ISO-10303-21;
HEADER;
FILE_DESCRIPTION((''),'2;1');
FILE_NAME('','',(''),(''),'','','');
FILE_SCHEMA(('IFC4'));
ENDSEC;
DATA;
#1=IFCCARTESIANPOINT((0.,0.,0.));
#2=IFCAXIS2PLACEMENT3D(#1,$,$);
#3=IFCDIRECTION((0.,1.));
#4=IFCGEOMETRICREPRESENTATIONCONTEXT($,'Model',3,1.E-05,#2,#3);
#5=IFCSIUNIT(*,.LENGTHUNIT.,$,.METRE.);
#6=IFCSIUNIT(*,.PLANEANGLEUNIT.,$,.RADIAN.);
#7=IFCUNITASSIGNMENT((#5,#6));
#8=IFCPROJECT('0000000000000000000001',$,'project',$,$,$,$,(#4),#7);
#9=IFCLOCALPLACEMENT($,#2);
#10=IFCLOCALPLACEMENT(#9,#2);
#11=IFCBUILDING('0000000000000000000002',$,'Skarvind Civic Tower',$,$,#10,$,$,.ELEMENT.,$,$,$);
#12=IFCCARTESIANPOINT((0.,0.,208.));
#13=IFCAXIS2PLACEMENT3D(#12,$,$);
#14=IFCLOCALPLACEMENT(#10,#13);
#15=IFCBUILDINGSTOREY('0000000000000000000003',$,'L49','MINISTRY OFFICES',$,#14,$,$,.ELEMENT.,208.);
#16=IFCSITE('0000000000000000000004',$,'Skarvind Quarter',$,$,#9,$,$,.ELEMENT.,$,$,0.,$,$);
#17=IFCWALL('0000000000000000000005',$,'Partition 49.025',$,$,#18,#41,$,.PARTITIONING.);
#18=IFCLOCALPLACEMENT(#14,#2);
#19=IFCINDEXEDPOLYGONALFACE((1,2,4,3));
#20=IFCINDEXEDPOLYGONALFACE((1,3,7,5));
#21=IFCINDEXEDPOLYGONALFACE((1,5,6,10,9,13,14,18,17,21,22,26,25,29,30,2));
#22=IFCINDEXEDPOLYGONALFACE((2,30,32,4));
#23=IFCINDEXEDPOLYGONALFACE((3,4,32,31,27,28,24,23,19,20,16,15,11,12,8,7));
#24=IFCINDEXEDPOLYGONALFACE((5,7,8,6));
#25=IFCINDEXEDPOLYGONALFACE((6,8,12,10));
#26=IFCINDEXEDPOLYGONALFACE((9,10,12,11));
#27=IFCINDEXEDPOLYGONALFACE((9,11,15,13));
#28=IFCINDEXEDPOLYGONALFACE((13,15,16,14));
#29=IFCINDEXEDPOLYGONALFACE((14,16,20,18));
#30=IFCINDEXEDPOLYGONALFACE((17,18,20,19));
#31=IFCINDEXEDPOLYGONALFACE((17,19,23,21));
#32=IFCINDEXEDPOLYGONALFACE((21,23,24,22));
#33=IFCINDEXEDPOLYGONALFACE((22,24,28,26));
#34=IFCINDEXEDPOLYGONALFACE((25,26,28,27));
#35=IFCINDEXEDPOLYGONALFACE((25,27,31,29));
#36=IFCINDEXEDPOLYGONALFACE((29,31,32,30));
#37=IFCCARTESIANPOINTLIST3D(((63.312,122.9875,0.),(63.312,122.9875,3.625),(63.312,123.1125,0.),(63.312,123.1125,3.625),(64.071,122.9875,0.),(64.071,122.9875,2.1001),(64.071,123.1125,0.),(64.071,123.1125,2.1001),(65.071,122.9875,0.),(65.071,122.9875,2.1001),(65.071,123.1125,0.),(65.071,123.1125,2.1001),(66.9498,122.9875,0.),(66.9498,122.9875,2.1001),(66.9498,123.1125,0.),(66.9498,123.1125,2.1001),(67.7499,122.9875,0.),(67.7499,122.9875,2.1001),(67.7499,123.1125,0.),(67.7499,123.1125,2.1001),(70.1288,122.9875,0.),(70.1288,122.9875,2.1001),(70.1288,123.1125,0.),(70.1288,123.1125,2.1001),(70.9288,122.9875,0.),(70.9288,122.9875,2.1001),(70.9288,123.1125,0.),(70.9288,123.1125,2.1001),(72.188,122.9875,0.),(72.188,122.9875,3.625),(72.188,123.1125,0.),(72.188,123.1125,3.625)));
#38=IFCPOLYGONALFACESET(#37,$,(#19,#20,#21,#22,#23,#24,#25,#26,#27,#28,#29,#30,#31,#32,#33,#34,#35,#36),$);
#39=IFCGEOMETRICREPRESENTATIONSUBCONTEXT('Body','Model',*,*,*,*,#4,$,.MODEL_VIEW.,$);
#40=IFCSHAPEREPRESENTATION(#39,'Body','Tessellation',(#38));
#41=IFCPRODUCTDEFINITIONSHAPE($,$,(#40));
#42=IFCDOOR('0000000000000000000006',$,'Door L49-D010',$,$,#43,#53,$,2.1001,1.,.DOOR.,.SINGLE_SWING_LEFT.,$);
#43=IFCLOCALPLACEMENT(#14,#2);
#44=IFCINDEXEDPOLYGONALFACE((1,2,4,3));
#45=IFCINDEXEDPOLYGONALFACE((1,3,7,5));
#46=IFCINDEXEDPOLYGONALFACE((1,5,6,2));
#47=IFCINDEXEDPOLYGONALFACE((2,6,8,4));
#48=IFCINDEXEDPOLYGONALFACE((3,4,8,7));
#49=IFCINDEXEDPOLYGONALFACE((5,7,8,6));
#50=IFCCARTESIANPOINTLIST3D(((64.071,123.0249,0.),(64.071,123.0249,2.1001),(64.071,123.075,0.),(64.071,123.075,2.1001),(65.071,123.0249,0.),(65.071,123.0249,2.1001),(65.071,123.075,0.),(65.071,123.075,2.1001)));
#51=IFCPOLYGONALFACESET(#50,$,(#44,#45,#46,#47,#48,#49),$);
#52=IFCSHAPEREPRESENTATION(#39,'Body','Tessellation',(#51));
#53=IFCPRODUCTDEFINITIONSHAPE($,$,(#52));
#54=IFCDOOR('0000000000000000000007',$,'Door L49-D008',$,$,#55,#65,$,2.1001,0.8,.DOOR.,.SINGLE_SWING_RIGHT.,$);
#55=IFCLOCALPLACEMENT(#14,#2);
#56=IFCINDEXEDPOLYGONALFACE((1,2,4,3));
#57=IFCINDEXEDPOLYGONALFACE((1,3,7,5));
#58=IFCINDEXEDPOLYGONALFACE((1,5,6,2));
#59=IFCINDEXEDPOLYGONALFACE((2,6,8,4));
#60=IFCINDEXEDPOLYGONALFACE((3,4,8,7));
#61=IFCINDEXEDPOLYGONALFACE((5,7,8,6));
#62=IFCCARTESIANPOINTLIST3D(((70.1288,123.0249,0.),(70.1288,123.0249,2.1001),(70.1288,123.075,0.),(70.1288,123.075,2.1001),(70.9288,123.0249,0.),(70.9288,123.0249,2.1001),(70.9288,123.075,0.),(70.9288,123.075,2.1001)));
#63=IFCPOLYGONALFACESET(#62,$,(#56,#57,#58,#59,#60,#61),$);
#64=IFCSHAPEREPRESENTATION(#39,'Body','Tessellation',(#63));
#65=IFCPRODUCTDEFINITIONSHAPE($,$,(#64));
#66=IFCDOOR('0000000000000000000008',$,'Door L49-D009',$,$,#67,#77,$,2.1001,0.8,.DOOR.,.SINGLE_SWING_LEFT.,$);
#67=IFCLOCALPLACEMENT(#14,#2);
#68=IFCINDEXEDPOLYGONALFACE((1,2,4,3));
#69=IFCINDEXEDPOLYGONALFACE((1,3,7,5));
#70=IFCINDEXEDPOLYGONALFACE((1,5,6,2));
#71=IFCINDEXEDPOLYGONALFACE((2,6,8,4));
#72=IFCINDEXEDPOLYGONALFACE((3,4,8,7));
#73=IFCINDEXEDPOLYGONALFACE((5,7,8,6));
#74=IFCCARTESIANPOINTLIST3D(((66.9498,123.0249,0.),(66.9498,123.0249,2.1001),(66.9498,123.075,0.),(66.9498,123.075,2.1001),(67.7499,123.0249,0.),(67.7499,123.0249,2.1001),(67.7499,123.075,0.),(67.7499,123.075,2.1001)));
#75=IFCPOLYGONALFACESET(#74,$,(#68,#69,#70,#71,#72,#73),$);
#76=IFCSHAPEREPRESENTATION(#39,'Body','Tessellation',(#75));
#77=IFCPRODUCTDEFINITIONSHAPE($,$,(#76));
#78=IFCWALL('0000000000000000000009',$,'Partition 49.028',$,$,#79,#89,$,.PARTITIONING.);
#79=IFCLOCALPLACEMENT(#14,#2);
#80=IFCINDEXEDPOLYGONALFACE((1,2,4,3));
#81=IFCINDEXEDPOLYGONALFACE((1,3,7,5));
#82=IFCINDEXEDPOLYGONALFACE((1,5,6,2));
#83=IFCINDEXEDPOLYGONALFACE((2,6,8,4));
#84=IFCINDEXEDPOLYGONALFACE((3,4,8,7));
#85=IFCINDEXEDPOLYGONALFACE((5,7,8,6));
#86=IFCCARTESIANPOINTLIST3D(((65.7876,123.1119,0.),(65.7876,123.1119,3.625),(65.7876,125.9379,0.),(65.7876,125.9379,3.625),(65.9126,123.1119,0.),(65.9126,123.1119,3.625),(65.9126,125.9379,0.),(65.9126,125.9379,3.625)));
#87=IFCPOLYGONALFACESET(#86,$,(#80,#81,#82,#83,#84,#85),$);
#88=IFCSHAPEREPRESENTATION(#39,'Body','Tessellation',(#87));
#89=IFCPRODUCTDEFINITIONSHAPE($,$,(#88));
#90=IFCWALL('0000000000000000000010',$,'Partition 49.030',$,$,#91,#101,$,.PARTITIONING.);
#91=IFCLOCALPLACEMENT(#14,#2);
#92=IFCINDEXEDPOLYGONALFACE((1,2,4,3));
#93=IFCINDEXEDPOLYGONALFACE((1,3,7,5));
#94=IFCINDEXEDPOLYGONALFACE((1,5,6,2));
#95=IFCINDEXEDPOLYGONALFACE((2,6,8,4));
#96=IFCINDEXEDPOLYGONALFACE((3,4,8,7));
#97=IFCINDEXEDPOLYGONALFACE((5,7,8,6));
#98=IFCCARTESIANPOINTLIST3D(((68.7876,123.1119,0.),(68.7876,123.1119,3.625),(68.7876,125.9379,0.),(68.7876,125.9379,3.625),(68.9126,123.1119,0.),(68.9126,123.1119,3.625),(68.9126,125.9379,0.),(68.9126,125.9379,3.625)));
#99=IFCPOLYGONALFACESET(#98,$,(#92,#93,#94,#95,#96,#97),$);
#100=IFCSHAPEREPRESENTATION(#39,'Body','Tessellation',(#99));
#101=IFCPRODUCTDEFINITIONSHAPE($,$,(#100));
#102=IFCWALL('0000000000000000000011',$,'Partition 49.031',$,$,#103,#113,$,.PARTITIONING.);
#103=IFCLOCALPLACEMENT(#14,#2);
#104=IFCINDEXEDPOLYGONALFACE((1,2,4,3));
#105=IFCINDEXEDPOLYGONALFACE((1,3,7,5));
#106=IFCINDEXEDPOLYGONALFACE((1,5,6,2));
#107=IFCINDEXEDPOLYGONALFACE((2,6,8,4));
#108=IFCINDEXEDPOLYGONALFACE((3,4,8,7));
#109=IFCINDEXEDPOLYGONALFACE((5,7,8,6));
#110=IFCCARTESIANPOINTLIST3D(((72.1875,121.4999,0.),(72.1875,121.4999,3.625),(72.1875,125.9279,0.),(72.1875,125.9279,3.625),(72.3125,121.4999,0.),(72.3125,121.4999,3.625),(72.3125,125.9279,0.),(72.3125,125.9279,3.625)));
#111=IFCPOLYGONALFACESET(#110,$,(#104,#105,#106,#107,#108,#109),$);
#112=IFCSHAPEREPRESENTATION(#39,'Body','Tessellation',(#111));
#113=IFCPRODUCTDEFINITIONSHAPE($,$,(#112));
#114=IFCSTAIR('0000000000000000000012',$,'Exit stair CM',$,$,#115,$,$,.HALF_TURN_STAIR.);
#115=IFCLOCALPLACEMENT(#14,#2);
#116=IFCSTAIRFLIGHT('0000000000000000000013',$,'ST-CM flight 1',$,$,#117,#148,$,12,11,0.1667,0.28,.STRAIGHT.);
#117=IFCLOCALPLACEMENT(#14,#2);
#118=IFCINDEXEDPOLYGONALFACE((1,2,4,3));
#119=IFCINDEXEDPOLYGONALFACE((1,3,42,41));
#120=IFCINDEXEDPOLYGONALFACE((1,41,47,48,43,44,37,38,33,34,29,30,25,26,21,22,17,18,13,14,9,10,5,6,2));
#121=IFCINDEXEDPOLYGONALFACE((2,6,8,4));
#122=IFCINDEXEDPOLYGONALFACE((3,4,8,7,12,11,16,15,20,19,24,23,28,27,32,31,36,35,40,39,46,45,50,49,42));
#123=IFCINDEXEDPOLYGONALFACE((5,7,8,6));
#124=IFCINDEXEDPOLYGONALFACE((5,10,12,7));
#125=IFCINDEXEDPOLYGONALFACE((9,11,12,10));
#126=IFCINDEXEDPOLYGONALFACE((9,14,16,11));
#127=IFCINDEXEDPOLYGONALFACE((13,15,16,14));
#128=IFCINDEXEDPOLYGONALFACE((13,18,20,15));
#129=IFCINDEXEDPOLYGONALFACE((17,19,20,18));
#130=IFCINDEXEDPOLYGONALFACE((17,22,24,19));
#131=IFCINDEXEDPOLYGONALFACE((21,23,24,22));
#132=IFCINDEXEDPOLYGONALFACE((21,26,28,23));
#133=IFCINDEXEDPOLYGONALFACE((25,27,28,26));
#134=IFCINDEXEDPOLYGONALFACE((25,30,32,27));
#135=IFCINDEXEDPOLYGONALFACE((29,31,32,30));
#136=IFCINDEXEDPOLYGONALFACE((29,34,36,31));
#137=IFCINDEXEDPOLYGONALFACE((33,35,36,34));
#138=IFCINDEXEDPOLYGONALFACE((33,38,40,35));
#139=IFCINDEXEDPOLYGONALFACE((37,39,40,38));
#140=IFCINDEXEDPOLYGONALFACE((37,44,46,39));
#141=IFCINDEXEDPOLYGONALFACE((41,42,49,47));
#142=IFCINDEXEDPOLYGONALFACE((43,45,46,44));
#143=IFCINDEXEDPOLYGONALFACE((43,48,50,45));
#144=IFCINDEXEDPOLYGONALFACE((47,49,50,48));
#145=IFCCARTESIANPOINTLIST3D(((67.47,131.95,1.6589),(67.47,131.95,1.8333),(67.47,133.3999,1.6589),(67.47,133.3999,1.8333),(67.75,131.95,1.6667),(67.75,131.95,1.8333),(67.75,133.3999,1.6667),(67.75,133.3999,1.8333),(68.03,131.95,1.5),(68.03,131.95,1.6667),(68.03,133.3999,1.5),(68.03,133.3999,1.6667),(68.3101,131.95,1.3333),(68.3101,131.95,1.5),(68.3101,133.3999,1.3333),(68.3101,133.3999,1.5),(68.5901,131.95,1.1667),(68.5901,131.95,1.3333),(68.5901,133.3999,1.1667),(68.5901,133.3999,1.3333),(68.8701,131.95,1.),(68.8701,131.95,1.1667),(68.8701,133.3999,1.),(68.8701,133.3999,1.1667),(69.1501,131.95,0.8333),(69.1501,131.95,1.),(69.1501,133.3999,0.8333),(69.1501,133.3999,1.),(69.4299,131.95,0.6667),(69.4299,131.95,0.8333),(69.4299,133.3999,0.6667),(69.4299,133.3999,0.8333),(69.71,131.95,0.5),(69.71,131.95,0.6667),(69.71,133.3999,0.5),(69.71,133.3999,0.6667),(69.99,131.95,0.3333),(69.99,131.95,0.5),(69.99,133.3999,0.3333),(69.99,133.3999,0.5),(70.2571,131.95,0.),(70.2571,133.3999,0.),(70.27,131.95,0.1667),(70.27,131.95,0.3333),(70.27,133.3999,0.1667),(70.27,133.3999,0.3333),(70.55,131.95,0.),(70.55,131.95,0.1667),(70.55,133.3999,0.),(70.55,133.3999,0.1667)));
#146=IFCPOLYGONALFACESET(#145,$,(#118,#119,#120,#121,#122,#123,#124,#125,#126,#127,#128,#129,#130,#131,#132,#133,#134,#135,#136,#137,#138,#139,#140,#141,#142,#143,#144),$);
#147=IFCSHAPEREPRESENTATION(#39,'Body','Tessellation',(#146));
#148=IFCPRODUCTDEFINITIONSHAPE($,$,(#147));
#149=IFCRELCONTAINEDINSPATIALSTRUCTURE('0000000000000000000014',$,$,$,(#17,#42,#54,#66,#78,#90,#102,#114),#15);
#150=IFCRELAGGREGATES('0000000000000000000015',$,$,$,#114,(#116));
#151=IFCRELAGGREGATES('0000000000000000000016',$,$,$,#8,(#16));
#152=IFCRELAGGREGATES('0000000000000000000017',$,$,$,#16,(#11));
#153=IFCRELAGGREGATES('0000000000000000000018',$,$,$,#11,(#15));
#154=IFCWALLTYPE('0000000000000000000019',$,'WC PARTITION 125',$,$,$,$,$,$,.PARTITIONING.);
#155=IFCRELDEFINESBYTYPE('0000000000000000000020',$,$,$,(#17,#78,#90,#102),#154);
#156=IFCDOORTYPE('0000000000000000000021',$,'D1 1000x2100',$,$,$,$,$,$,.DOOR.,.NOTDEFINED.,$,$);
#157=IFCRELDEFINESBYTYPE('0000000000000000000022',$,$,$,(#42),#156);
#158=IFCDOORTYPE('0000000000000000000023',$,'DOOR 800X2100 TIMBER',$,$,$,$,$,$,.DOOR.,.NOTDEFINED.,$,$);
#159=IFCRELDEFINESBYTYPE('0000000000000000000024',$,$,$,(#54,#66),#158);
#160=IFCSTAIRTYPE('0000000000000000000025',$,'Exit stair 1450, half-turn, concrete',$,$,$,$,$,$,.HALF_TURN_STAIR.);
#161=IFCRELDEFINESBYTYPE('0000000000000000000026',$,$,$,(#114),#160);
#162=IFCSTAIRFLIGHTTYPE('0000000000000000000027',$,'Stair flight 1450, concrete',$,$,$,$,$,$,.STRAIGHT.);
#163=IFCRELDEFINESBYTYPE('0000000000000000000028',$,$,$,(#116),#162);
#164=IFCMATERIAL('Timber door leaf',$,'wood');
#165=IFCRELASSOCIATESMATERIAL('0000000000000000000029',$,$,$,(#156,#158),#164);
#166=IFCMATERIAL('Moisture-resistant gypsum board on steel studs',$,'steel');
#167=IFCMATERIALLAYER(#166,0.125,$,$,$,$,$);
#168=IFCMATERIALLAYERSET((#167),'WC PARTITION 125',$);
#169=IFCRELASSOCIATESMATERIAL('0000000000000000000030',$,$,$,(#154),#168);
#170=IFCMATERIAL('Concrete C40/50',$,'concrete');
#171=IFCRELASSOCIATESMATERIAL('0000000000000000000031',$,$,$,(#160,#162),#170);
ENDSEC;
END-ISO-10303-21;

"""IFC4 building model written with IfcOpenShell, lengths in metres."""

from ifc_helpers import new_model, si_unit, direction, frame, frame_2d, origin, place, context, subcontext, project, spatial, polyline, rectangle, outline, extrude, material, layer, layer_set, type_object, element, fill, aggregate, save


model = new_model("IFC4")

# Units and contexts
model_context = context("Model", 3, precision=1e-05, world=origin(), true_north=direction((0.0, 1.0)))
body_context = subcontext(model_context, "Body", "Model", "MODEL_VIEW")
ifc_project = project(units=[si_unit("LENGTHUNIT", "METRE"), si_unit("PLANEANGLEUNIT", "RADIAN")], contexts=[model_context])

# Site, building, storey
site_placement = place(None, origin())
site = spatial("IfcSite", under=ifc_project, at=site_placement, Name="Skarvind Quarter", CompositionType="ELEMENT", RefElevation=0.0)
building_placement = place(site_placement, origin())
building = spatial("IfcBuilding", under=site, at=building_placement, Name="Skarvind Civic Tower", CompositionType="ELEMENT")
storey_placement = place(building_placement, frame((0.0, 0.0, 208.0)))
storey = spatial("IfcBuildingStorey", under=building, at=storey_placement, Name="L49", Description="MINISTRY OFFICES", CompositionType="ELEMENT", Elevation=208.0)

# Shared definitions
ifc_material_1 = material(Name="Timber door leaf", Category="wood")
door_type_1 = type_object("IfcDoorType", Name="D1 1000x2100", OperationType="NOTDEFINED", PredefinedType="DOOR", material=ifc_material_1)

# Wall, openings, doors
ifc_material_2 = material(Name="Moisture-resistant gypsum board on steel studs", Category="steel")
ifc_layer_1 = layer(ifc_material_2, 0.125)
ifc_layer_set_1 = layer_set([ifc_layer_1], Name="WC PARTITION 125")
wall_type_1 = type_object("IfcWallType", Name="WC PARTITION 125", PredefinedType="PARTITIONING", material=ifc_layer_set_1)
wall_1_placement = place(storey_placement, frame((63.312, 123.05, 0.0), z_axis=(0.0, 0.0, 1.0), x_axis=(1.0, 0.0, 0.0)))
wall_1 = element("IfcWall", 1, at=wall_1_placement, inside=storey, type_object=wall_type_1, Name="Partition 49.025", PredefinedType="PARTITIONING", context=body_context, shape_type="SweptSolid", body=[
    extrude(rectangle(XDim=8.876, YDim=0.125, at=frame_2d((4.438, 0.0))), origin(), (0.0, 0.0, 1.0), 3.625),
])
opening_1_placement = place(wall_1_placement, frame((6.8169, 0.0, 0.0)))
opening_1 = element("IfcOpeningElement", 2, at=opening_1_placement, cuts=wall_1, PredefinedType="OPENING", context=body_context, shape_type="SweptSolid", body=[
    extrude(rectangle(XDim=0.8, YDim=2.1001, at=frame_2d((0.3999, 1.05))), frame((0.0, 0.0725, 0.0), z_axis=(0.0, -1.0, 0.0), x_axis=(1.0, 0.0, 0.0)), (0.0, 0.0, 1.0), 0.145),
])
opening_2_placement = place(wall_1_placement, frame((3.6379, 0.0, 0.0)))
opening_2 = element("IfcOpeningElement", 3, at=opening_2_placement, cuts=wall_1, PredefinedType="OPENING", context=body_context, shape_type="SweptSolid", body=[
    extrude(rectangle(XDim=0.8, YDim=2.1001, at=frame_2d((0.3999, 1.05))), frame((0.0, 0.0725, 0.0), z_axis=(0.0, -1.0, 0.0), x_axis=(1.0, 0.0, 0.0)), (0.0, 0.0, 1.0), 0.145),
])
opening_3_placement = place(wall_1_placement, frame((0.759, 0.0, 0.0)))
opening_3 = element("IfcOpeningElement", 4, at=opening_3_placement, cuts=wall_1, PredefinedType="OPENING", context=body_context, shape_type="SweptSolid", body=[
    extrude(rectangle(XDim=1.0, YDim=2.1001, at=frame_2d((0.5, 1.05))), frame((0.0, 0.0725, 0.0), z_axis=(0.0, -1.0, 0.0), x_axis=(1.0, 0.0, 0.0)), (0.0, 0.0, 1.0), 0.145),
])
door_1_placement = place(opening_3_placement, origin())
door_1 = element("IfcDoor", 5, at=door_1_placement, inside=storey, type_object=door_type_1, Name="Door L49-D010", OperationType="SINGLE_SWING_LEFT", OverallHeight=2.1001, OverallWidth=1.0, PredefinedType="DOOR", context=body_context, shape_type="SweptSolid", body=[
    extrude(rectangle(XDim=1.0, YDim=2.1001, at=frame_2d((0.5, 1.05))), frame((0.0, 0.0249, 0.0), z_axis=(0.0, -1.0, 0.0), x_axis=(1.0, 0.0, 0.0)), (0.0, 0.0, 1.0), 0.05),
])
fill(opening_3, door_1)
door_type_2 = type_object("IfcDoorType", Name="DOOR 800X2100 TIMBER", OperationType="NOTDEFINED", PredefinedType="DOOR", material=ifc_material_1)
door_2_placement = place(opening_1_placement, origin())
door_2 = element("IfcDoor", 6, at=door_2_placement, inside=storey, type_object=door_type_2, Name="Door L49-D008", OperationType="SINGLE_SWING_RIGHT", OverallHeight=2.1001, OverallWidth=0.8, PredefinedType="DOOR", context=body_context, shape_type="SweptSolid", body=[
    extrude(rectangle(XDim=0.8, YDim=2.1001, at=frame_2d((0.3999, 1.05))), frame((0.0, 0.0249, 0.0), z_axis=(0.0, -1.0, 0.0), x_axis=(1.0, 0.0, 0.0)), (0.0, 0.0, 1.0), 0.05),
])
fill(opening_1, door_2)
door_3_placement = place(opening_2_placement, origin())
door_3 = element("IfcDoor", 7, at=door_3_placement, inside=storey, type_object=door_type_2, Name="Door L49-D009", OperationType="SINGLE_SWING_LEFT", OverallHeight=2.1001, OverallWidth=0.8, PredefinedType="DOOR", context=body_context, shape_type="SweptSolid", body=[
    extrude(rectangle(XDim=0.8, YDim=2.1001, at=frame_2d((0.3999, 1.05))), frame((0.0, 0.0249, 0.0), z_axis=(0.0, -1.0, 0.0), x_axis=(1.0, 0.0, 0.0)), (0.0, 0.0, 1.0), 0.05),
])
fill(opening_2, door_3)

# Walls
for number, where, z_axis, x_axis, name in (
    (8, (65.8501, 125.938, 0.0), (0.0, 0.0, 1.0), (0.0, -1.0, 0.0), "Partition 49.028"),
    (9, (68.8501, 125.938, 0.0), (0.0, 0.0, 1.0), (0.0, -1.0, 0.0), "Partition 49.030"),
):
    element("IfcWall", number, at=place(storey_placement, frame(where, z_axis=z_axis, x_axis=x_axis)), inside=storey, type_object=wall_type_1, Name=name, PredefinedType="PARTITIONING", context=body_context, shape_type="SweptSolid", body=[
        extrude(rectangle(XDim=2.8259, YDim=0.125, at=frame_2d((1.4131, 0.0))), origin(), (0.0, 0.0, 1.0), 3.625),
    ])
wall_2_placement = place(storey_placement, frame((72.25, 121.5, 0.0), z_axis=(0.0, 0.0, 1.0), x_axis=(0.0, 1.0, 0.0)))
element("IfcWall", 10, at=wall_2_placement, inside=storey, type_object=wall_type_1, Name="Partition 49.031", PredefinedType="PARTITIONING", context=body_context, shape_type="SweptSolid", body=[
    extrude(rectangle(XDim=4.428, YDim=0.125, at=frame_2d((2.2139, 0.0))), origin(), (0.0, 0.0, 1.0), 3.625),
])

# Stair, stair flight
ifc_material_3 = material(Name="Concrete C40/50", Category="concrete")
stair_type = type_object("IfcStairType", Name="Exit stair 1450, half-turn, concrete", PredefinedType="HALF_TURN_STAIR", material=ifc_material_3)
stair_placement = place(storey_placement, origin())
stair = element("IfcStair", 11, at=stair_placement, inside=storey, type_object=stair_type, Name="Exit stair CM", PredefinedType="HALF_TURN_STAIR")
stair_flight_type = type_object("IfcStairFlightType", Name="Stair flight 1450, concrete", PredefinedType="STRAIGHT", material=ifc_material_3)
stair_flight_1_placement = place(storey_placement, frame((70.55, 132.675, 0.0), z_axis=(0.0, 0.0, 1.0), x_axis=(-1.0, 0.0, 0.0)))
stair_flight_1 = element("IfcStairFlight", 12, at=stair_flight_1_placement, type_object=stair_flight_type, Name="ST-CM flight 1", NumberOfRisers=12, NumberOfTreads=11, PredefinedType="STRAIGHT", RiserHeight=0.1667, TreadLength=0.28, context=body_context, shape_type="SweptSolid", body=[
    extrude(outline(polyline([(0.0, 0.0), (0.0, 0.1667), (0.28, 0.1667), (0.28, 0.3333), (0.5601, 0.3333), (0.5601, 0.5), (0.8401, 0.5), (0.8401, 0.6667), (1.1201, 0.6667), (1.1201, 0.8333), (1.3999, 0.8333), (1.3999, 1.0), (1.6799, 1.0), (1.6799, 1.1667), (1.96, 1.1667), (1.96, 1.3333), (2.24, 1.3333), (2.24, 1.5), (2.52, 1.5), (2.52, 1.6667), (2.8, 1.6667), (2.8, 1.8333), (3.0801, 1.8333), (3.0801, 2.0), (3.0801, 1.6589), (0.293, 0.0), (0.0, 0.0)])), frame((0.0, 0.7251, 0.0), z_axis=(0.0, -1.0, 0.0), x_axis=(1.0, 0.0, 0.0)), (0.0, 0.0, 1.0), 1.45),
])
aggregate(stair, [stair_flight_1])

save(model, "model.ifc")
